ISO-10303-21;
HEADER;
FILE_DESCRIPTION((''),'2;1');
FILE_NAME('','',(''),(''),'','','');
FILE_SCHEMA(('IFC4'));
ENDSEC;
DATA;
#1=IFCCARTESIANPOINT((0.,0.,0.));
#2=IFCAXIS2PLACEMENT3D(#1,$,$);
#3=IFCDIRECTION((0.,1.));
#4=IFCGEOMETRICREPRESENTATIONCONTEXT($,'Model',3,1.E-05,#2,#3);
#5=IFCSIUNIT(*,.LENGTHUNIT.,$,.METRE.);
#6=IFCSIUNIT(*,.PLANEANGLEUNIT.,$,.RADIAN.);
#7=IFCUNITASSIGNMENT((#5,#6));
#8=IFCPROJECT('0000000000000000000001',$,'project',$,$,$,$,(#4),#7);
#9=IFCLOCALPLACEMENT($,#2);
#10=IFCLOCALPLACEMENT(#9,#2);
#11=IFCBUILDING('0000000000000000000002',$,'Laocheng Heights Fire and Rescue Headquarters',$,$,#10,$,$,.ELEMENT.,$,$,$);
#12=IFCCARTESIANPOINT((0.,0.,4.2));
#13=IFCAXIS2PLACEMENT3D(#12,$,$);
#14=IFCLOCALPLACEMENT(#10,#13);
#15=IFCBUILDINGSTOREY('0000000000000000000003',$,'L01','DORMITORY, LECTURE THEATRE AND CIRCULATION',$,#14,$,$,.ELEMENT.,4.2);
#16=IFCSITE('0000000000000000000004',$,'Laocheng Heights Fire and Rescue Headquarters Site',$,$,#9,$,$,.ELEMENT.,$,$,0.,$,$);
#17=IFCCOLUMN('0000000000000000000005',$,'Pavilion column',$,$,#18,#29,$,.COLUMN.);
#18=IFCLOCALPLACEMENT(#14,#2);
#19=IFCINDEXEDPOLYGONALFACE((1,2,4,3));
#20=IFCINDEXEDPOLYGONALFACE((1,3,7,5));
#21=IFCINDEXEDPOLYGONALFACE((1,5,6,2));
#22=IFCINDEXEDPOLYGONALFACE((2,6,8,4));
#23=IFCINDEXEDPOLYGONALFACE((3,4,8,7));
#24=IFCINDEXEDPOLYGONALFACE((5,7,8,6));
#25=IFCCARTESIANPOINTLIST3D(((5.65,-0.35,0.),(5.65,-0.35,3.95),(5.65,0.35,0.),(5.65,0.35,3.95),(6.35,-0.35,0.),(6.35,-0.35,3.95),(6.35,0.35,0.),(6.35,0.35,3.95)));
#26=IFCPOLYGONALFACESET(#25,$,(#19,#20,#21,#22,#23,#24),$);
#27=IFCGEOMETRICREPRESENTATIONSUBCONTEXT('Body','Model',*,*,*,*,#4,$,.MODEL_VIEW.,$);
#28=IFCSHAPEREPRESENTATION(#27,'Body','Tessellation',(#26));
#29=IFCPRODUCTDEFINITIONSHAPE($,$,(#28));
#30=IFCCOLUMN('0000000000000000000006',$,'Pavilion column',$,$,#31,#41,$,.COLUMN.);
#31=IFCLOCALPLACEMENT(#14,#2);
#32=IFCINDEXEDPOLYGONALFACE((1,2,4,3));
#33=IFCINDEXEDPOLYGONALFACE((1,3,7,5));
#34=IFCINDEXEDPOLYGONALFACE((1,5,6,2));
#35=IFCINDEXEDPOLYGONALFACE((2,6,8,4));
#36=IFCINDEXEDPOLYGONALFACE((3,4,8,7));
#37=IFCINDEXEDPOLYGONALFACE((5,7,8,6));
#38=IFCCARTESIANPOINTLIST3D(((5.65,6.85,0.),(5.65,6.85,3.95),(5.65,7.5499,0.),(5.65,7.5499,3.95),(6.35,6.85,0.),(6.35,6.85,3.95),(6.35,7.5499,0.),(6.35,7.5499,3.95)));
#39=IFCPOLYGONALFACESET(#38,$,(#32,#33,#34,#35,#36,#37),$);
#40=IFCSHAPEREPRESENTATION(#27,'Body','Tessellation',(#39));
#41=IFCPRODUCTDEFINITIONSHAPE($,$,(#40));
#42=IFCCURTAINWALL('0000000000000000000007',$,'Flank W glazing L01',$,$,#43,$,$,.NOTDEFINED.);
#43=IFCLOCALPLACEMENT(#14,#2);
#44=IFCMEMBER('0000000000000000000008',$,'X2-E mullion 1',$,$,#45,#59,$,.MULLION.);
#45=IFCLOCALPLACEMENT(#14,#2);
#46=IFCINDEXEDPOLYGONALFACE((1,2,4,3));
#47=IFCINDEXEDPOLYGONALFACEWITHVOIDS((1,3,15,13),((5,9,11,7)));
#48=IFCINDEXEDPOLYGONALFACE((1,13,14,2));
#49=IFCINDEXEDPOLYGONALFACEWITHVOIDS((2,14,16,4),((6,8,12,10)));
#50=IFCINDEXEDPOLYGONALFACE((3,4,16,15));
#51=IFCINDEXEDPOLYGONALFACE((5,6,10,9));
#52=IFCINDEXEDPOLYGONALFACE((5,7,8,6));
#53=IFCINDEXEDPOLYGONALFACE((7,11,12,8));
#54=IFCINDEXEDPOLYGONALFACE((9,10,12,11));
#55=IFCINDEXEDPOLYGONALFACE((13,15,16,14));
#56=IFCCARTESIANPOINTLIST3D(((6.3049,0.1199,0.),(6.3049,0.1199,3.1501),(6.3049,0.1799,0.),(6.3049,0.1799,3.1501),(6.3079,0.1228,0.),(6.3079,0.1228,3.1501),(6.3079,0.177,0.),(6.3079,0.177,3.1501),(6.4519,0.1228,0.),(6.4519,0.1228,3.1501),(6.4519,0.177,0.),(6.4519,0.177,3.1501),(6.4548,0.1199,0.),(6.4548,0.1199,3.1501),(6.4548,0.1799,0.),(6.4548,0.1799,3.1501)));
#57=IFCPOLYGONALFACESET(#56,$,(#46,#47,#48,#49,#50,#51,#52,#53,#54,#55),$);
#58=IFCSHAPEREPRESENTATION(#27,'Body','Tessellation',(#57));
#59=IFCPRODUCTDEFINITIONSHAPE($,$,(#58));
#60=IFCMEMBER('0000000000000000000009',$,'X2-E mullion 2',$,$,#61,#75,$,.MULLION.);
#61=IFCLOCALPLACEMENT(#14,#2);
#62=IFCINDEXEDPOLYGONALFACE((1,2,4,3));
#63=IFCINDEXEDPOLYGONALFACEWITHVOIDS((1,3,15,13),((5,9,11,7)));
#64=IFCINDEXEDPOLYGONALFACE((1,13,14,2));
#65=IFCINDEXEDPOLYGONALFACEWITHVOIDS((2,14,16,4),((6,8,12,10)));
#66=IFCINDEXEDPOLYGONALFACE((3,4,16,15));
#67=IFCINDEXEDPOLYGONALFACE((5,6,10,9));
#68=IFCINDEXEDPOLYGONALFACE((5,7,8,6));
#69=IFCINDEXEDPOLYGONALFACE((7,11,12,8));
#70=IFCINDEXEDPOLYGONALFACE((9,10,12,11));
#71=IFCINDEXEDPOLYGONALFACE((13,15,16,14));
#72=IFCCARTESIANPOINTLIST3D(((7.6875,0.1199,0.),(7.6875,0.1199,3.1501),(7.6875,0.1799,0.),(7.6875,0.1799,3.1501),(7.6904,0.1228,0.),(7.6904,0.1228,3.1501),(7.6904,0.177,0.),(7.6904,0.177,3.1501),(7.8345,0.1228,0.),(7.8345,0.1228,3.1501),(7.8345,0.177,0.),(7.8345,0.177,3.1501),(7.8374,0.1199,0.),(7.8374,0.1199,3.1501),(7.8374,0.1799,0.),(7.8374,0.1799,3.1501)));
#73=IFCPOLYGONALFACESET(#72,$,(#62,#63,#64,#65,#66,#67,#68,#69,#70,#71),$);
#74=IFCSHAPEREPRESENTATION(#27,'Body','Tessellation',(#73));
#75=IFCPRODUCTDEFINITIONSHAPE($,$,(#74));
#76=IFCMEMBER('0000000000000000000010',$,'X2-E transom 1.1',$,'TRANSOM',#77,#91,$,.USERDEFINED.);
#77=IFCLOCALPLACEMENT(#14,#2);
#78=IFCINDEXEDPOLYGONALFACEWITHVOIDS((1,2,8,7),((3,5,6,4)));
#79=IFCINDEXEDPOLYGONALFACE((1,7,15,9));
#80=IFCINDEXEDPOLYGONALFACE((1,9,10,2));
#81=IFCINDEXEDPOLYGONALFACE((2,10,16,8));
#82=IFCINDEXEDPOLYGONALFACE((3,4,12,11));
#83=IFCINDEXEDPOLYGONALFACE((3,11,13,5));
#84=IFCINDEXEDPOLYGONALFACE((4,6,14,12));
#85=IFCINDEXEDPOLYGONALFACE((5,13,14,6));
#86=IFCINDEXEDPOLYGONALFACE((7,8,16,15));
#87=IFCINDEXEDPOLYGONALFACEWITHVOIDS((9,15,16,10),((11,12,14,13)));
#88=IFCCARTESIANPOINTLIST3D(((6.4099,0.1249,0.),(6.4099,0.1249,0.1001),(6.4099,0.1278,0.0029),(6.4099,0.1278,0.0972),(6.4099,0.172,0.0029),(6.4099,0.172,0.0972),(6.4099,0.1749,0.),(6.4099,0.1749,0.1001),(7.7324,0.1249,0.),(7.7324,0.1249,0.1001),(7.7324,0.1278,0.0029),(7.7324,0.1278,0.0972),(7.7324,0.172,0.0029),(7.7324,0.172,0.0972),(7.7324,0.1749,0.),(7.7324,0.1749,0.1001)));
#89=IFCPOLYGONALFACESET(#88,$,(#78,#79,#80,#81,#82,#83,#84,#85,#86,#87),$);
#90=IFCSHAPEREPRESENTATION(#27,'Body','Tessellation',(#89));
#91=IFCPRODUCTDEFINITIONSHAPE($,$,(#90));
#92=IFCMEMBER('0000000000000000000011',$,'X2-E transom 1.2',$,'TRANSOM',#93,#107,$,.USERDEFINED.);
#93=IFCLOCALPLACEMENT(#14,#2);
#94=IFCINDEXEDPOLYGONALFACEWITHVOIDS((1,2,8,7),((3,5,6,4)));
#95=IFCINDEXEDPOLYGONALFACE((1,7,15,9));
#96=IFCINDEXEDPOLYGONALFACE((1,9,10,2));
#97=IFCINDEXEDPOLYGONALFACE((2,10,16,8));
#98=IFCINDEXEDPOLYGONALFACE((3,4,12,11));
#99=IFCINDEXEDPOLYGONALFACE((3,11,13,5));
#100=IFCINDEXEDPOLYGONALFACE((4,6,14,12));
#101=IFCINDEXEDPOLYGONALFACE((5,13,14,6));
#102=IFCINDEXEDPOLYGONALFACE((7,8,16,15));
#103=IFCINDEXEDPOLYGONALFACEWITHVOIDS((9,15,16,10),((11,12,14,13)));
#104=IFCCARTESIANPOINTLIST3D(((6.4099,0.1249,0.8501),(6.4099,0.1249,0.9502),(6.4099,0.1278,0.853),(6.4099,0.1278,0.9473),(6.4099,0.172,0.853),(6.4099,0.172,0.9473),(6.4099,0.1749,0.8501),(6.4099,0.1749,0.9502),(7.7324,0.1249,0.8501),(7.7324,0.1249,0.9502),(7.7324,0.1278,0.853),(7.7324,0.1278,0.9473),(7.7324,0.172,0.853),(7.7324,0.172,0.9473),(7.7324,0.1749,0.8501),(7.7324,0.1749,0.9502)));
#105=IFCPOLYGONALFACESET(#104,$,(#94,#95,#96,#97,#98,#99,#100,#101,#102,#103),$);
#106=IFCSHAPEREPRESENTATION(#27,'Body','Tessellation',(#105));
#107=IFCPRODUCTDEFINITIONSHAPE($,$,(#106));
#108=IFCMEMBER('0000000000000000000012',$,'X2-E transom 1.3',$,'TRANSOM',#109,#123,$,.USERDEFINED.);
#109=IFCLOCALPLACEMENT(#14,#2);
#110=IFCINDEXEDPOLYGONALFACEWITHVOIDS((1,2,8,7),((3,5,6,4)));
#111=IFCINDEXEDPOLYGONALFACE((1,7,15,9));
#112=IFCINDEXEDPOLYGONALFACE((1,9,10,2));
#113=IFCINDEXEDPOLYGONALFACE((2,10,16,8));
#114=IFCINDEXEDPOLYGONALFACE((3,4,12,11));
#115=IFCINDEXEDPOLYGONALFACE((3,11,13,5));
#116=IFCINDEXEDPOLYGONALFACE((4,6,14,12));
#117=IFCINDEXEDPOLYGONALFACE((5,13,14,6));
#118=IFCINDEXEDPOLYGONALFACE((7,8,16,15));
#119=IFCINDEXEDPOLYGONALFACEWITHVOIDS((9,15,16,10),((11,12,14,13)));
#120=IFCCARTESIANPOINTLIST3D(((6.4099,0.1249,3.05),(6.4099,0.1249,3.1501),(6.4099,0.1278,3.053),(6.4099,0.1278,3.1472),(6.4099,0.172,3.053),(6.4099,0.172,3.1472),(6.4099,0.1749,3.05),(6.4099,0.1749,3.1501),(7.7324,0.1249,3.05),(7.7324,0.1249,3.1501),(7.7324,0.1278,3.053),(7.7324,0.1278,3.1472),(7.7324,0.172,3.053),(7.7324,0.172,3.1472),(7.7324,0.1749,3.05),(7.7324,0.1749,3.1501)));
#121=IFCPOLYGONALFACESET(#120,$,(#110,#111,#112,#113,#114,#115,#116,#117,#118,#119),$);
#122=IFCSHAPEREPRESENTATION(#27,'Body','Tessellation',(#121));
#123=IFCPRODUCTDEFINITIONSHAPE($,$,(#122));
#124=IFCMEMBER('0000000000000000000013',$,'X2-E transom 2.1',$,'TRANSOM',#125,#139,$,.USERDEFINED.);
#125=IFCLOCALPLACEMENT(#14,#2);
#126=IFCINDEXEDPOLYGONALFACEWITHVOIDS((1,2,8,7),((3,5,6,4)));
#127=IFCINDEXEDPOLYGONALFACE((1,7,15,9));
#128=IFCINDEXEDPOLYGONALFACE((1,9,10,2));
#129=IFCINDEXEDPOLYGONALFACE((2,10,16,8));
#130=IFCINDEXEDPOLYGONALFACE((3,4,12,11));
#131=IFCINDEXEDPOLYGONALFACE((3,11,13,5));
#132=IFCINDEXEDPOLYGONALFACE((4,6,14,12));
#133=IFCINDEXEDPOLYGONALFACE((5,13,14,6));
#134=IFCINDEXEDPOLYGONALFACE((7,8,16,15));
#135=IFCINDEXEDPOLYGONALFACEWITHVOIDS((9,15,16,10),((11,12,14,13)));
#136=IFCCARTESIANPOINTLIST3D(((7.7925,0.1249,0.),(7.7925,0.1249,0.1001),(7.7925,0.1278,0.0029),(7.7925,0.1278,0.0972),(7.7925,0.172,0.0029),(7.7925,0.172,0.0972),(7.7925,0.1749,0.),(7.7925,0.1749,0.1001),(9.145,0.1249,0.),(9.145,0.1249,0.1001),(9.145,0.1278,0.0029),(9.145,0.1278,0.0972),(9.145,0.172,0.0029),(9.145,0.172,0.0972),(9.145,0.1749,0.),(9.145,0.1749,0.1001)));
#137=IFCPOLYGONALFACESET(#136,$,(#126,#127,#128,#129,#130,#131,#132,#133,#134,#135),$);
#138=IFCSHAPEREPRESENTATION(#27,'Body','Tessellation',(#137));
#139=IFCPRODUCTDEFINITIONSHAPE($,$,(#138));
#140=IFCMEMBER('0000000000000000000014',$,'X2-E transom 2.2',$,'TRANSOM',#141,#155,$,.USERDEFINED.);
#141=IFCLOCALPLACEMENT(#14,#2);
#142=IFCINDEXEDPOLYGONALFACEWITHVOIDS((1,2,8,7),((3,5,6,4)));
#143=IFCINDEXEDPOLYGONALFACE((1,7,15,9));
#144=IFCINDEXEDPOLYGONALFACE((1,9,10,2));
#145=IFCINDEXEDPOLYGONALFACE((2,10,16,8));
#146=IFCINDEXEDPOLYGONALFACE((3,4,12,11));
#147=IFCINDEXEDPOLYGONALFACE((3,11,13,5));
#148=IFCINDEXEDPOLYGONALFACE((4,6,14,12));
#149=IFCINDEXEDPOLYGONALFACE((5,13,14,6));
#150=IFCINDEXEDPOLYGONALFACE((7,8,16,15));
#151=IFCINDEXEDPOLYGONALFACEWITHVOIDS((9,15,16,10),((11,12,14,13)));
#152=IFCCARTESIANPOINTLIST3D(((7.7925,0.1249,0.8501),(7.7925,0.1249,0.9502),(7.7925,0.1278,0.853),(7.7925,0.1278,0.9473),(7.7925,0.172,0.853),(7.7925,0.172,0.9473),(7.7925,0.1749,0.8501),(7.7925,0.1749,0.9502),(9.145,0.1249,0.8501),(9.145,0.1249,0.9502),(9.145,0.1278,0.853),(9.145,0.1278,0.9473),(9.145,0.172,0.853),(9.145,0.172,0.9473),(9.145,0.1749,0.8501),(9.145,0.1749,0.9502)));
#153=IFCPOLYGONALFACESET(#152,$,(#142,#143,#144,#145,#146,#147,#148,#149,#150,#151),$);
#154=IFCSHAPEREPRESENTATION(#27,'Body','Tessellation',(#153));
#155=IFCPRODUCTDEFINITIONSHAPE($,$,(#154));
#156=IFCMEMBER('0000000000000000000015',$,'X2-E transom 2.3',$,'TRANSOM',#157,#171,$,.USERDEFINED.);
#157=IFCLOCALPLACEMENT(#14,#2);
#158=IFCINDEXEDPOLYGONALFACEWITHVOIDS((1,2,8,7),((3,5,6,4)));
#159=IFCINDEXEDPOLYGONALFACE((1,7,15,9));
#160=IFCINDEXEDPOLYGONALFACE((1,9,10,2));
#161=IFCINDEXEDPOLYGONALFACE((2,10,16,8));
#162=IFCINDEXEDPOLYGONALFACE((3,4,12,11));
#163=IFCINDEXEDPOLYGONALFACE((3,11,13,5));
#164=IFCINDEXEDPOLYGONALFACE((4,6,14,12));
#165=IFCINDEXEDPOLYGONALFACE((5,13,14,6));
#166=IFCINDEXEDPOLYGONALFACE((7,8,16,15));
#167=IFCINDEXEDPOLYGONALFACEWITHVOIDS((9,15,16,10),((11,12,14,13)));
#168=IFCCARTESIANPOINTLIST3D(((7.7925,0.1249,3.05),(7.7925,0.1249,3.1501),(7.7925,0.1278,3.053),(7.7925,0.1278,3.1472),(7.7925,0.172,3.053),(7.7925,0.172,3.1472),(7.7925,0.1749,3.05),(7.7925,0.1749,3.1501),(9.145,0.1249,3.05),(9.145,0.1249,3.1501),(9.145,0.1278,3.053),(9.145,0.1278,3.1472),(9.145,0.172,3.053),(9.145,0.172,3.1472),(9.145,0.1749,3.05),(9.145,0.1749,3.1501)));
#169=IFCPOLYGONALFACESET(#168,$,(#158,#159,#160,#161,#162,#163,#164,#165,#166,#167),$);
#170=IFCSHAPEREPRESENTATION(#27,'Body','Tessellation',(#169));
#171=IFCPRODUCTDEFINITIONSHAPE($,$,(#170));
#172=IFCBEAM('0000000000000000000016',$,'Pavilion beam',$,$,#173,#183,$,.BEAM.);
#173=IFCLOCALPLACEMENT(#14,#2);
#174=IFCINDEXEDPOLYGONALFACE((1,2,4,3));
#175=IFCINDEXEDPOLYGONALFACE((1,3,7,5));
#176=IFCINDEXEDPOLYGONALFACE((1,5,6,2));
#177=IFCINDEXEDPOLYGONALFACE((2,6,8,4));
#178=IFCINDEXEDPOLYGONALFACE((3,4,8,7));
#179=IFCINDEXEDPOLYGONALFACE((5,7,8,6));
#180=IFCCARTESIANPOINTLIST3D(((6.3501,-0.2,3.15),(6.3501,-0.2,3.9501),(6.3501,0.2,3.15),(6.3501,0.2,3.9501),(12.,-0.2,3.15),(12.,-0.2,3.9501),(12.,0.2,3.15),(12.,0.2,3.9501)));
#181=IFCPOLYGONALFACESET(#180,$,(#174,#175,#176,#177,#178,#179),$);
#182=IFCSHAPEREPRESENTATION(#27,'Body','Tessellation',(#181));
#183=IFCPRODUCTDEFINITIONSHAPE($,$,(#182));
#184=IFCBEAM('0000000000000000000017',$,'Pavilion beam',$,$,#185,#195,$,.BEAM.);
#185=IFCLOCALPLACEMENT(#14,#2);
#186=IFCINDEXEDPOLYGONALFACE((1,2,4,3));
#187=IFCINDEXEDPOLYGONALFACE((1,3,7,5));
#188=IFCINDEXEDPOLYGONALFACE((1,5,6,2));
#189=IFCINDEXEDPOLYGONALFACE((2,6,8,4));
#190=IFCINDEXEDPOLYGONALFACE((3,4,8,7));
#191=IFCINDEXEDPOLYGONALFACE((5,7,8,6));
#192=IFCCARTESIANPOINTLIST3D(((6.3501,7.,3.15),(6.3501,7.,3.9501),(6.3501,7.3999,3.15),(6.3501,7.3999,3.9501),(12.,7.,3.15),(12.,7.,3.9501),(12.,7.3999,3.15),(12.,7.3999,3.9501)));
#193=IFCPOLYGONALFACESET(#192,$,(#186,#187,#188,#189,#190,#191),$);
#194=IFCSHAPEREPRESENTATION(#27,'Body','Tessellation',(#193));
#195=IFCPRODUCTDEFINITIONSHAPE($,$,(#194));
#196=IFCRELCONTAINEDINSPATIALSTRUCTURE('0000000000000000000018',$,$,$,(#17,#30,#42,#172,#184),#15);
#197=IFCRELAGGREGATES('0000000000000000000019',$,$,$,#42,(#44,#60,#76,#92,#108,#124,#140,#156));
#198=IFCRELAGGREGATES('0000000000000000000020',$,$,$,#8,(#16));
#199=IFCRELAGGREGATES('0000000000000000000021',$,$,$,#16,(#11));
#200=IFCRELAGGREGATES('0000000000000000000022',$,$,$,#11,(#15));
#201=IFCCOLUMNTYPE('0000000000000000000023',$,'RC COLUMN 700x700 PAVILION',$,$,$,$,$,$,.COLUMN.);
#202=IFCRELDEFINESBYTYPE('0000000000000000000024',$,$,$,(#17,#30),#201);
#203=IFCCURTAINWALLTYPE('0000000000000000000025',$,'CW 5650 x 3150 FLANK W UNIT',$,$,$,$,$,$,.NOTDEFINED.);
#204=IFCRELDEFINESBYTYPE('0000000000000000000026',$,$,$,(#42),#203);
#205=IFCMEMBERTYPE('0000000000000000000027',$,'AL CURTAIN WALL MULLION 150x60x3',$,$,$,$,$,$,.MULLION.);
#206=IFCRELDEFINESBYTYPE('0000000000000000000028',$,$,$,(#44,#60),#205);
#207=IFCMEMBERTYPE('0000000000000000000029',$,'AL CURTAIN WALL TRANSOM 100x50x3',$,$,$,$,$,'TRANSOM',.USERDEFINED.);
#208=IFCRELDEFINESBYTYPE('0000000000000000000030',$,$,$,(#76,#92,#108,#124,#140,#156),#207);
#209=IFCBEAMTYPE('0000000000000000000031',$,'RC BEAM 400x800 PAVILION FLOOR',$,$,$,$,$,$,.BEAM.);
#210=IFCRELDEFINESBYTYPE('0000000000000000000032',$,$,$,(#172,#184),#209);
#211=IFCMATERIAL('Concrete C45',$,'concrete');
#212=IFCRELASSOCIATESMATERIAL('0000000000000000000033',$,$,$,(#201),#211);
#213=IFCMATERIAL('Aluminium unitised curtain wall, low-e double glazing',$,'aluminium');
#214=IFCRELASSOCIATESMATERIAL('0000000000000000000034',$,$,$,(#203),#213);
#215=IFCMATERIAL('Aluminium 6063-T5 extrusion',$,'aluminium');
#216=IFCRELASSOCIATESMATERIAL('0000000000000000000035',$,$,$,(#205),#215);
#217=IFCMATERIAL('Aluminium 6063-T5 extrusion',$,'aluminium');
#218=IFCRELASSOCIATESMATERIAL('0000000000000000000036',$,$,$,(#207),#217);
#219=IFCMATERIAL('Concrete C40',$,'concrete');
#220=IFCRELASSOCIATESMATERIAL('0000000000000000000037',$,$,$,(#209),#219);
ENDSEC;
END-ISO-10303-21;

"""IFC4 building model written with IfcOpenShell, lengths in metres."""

from ifc_helpers import new_model, si_unit, direction, frame, origin, origin_2d, place, context, subcontext, project, spatial, rectangle, hollow_rectangle, extrude, material, material_profile, profile_set, type_object, element, aggregate, save


model = new_model("IFC4")

# Units and contexts
model_context = context("Model", 3, precision=1e-05, world=origin(), true_north=direction((0.0, 1.0)))
body_context = subcontext(model_context, "Body", "Model", "MODEL_VIEW")
ifc_project = project(units=[si_unit("LENGTHUNIT", "METRE"), si_unit("PLANEANGLEUNIT", "RADIAN")], contexts=[model_context])

# Site, building, storey
site_placement = place(None, origin())
site = spatial("IfcSite", under=ifc_project, at=site_placement, Name="Laocheng Heights Fire and Rescue Headquarters Site", CompositionType="ELEMENT", RefElevation=0.0)
building_placement = place(site_placement, origin())
building = spatial("IfcBuilding", under=site, at=building_placement, Name="Laocheng Heights Fire and Rescue Headquarters", CompositionType="ELEMENT")
storey_placement = place(building_placement, frame((0.0, 0.0, 4.2)))
storey = spatial("IfcBuildingStorey", under=building, at=storey_placement, Name="L01", Description="DORMITORY, LECTURE THEATRE AND CIRCULATION", CompositionType="ELEMENT", Elevation=4.2)

# Columns
ifc_material_1 = material(Name="Concrete C45", Category="concrete")
ifc_material_profile_1 = material_profile(ifc_material_1, rectangle(XDim=0.7, YDim=0.7, at=origin_2d()), Name="RC COLUMN 700x700 PAVILION")
ifc_profile_set_1 = profile_set([ifc_material_profile_1], Name="Concrete C45")
column_type = type_object("IfcColumnType", Name="RC COLUMN 700x700 PAVILION", PredefinedType="COLUMN", material=ifc_profile_set_1)
for number, where, z_axis, x_axis, name in (
    (1, (6.0, 0.0, 0.0), (0.0, 0.0, 1.0), (1.0, 0.0, 0.0), "Pavilion column"),
    (2, (6.0, 7.2, 0.0), (0.0, 0.0, 1.0), (1.0, 0.0, 0.0), "Pavilion column"),
):
    element("IfcColumn", number, at=place(storey_placement, frame(where, z_axis=z_axis, x_axis=x_axis)), inside=storey, type_object=column_type, Name=name, PredefinedType="COLUMN", context=body_context, shape_type="SweptSolid", body=[
        extrude(rectangle(XDim=0.7, YDim=0.7, at=origin_2d()), origin(), (0.0, 0.0, 1.0), 3.95),
    ])

# Curtain wall, members
ifc_material_2 = material(Name="Aluminium unitised curtain wall, low-e double glazing", Category="aluminium")
curtain_wall_type = type_object("IfcCurtainWallType", Name="CW 5650 x 3150 FLANK W UNIT", PredefinedType="NOTDEFINED", material=ifc_material_2)
curtain_wall_placement = place(storey_placement, origin())
curtain_wall = element("IfcCurtainWall", 3, at=curtain_wall_placement, inside=storey, type_object=curtain_wall_type, Name="Flank W glazing L01", PredefinedType="NOTDEFINED")
ifc_material_3 = material(Name="Aluminium 6063-T5 extrusion", Category="aluminium")
ifc_material_profile_2 = material_profile(ifc_material_3, hollow_rectangle(XDim=0.0601, YDim=0.1499, WallThickness=0.0029, at=origin_2d()), Name="AL MULLION 150x60x3")
ifc_profile_set_2 = profile_set([ifc_material_profile_2], Name="Aluminium 6063-T5 extrusion")
member_type_1 = type_object("IfcMemberType", Name="AL CURTAIN WALL MULLION 150x60x3", PredefinedType="MULLION", material=ifc_profile_set_2)
member_1_placement = place(storey_placement, frame((6.3799, 0.1499, 0.0), z_axis=(0.0, 0.0, 1.0), x_axis=(0.0, 1.0, 0.0)))
member_1 = element("IfcMember", 4, at=member_1_placement, type_object=member_type_1, Name="X2-E mullion 1", PredefinedType="MULLION", context=body_context, shape_type="SweptSolid", body=[
    extrude(hollow_rectangle(XDim=0.0601, YDim=0.1499, WallThickness=0.0029, at=origin_2d()), origin(), (0.0, 0.0, 1.0), 3.1501),
])
member_2_placement = place(storey_placement, frame((7.7625, 0.1499, 0.0), z_axis=(0.0, 0.0, 1.0), x_axis=(0.0, 1.0, 0.0)))
member_2 = element("IfcMember", 5, at=member_2_placement, type_object=member_type_1, Name="X2-E mullion 2", PredefinedType="MULLION", context=body_context, shape_type="SweptSolid", body=[
    extrude(hollow_rectangle(XDim=0.0601, YDim=0.1499, WallThickness=0.0029, at=origin_2d()), origin(), (0.0, 0.0, 1.0), 3.1501),
])
ifc_material_4 = material(Name="Aluminium 6063-T5 extrusion", Category="aluminium")
ifc_material_profile_3 = material_profile(ifc_material_4, hollow_rectangle(XDim=0.05, YDim=0.1001, WallThickness=0.0029, at=origin_2d()), Name="AL TRANSOM 100x50x3")
ifc_profile_set_3 = profile_set([ifc_material_profile_3], Name="Aluminium 6063-T5 extrusion")
member_type_2 = type_object("IfcMemberType", Name="AL CURTAIN WALL TRANSOM 100x50x3", ElementType="TRANSOM", PredefinedType="USERDEFINED", material=ifc_profile_set_3)
member_3_placement = place(storey_placement, frame((6.4099, 0.1499, 0.05), z_axis=(1.0, 0.0, 0.0), x_axis=(0.0, 1.0, 0.0)))
member_3 = element("IfcMember", 6, at=member_3_placement, type_object=member_type_2, Name="X2-E transom 1.1", ObjectType="TRANSOM", PredefinedType="USERDEFINED", context=body_context, shape_type="SweptSolid", body=[
    extrude(hollow_rectangle(XDim=0.05, YDim=0.1001, WallThickness=0.0029, at=origin_2d()), origin(), (0.0, 0.0, 1.0), 1.3225),
])
member_4_placement = place(storey_placement, frame((6.4099, 0.1499, 0.9001), z_axis=(1.0, 0.0, 0.0), x_axis=(0.0, 1.0, 0.0)))
member_4 = element("IfcMember", 7, at=member_4_placement, type_object=member_type_2, Name="X2-E transom 1.2", ObjectType="TRANSOM", PredefinedType="USERDEFINED", context=body_context, shape_type="SweptSolid", body=[
    extrude(hollow_rectangle(XDim=0.05, YDim=0.1001, WallThickness=0.0029, at=origin_2d()), origin(), (0.0, 0.0, 1.0), 1.3225),
])
member_5_placement = place(storey_placement, frame((6.4099, 0.1499, 3.1001), z_axis=(1.0, 0.0, 0.0), x_axis=(0.0, 1.0, 0.0)))
member_5 = element("IfcMember", 8, at=member_5_placement, type_object=member_type_2, Name="X2-E transom 1.3", ObjectType="TRANSOM", PredefinedType="USERDEFINED", context=body_context, shape_type="SweptSolid", body=[
    extrude(hollow_rectangle(XDim=0.05, YDim=0.1001, WallThickness=0.0029, at=origin_2d()), origin(), (0.0, 0.0, 1.0), 1.3225),
])
member_6_placement = place(storey_placement, frame((7.7925, 0.1499, 0.05), z_axis=(1.0, 0.0, 0.0), x_axis=(0.0, 1.0, 0.0)))
member_6 = element("IfcMember", 9, at=member_6_placement, type_object=member_type_2, Name="X2-E transom 2.1", ObjectType="TRANSOM", PredefinedType="USERDEFINED", context=body_context, shape_type="SweptSolid", body=[
    extrude(hollow_rectangle(XDim=0.05, YDim=0.1001, WallThickness=0.0029, at=origin_2d()), origin(), (0.0, 0.0, 1.0), 1.3525),
])
member_7_placement = place(storey_placement, frame((7.7925, 0.1499, 0.9001), z_axis=(1.0, 0.0, 0.0), x_axis=(0.0, 1.0, 0.0)))
member_7 = element("IfcMember", 10, at=member_7_placement, type_object=member_type_2, Name="X2-E transom 2.2", ObjectType="TRANSOM", PredefinedType="USERDEFINED", context=body_context, shape_type="SweptSolid", body=[
    extrude(hollow_rectangle(XDim=0.05, YDim=0.1001, WallThickness=0.0029, at=origin_2d()), origin(), (0.0, 0.0, 1.0), 1.3525),
])
member_8_placement = place(storey_placement, frame((7.7925, 0.1499, 3.1001), z_axis=(1.0, 0.0, 0.0), x_axis=(0.0, 1.0, 0.0)))
member_8 = element("IfcMember", 11, at=member_8_placement, type_object=member_type_2, Name="X2-E transom 2.3", ObjectType="TRANSOM", PredefinedType="USERDEFINED", context=body_context, shape_type="SweptSolid", body=[
    extrude(hollow_rectangle(XDim=0.05, YDim=0.1001, WallThickness=0.0029, at=origin_2d()), origin(), (0.0, 0.0, 1.0), 1.3525),
])

# Beams
ifc_material_5 = material(Name="Concrete C40", Category="concrete")
ifc_material_profile_4 = material_profile(ifc_material_5, rectangle(XDim=0.3999, YDim=0.8, at=origin_2d()), Name="RC BEAM 400x800 PAVILION FLOOR")
ifc_profile_set_4 = profile_set([ifc_material_profile_4], Name="Concrete C40")
beam_type_1 = type_object("IfcBeamType", Name="RC BEAM 400x800 PAVILION FLOOR", PredefinedType="BEAM", material=ifc_profile_set_4)
for number, where, z_axis, x_axis, name in (
    (12, (6.3501, 0.0, 3.55), (1.0, 0.0, 0.0), (0.0, 1.0, 0.0), "Pavilion beam"),
    (13, (6.3501, 7.2, 3.55), (1.0, 0.0, 0.0), (0.0, 1.0, 0.0), "Pavilion beam"),
):
    element("IfcBeam", number, at=place(storey_placement, frame(where, z_axis=z_axis, x_axis=x_axis)), inside=storey, type_object=beam_type_1, Name=name, PredefinedType="BEAM", context=body_context, shape_type="SweptSolid", body=[
        extrude(rectangle(XDim=0.3999, YDim=0.8, at=origin_2d()), origin(), (0.0, 0.0, 1.0), 5.6499),
    ])

aggregate(curtain_wall, [member_1, member_2, member_3, member_4, member_5, member_6, member_7, member_8])

save(model, "model.ifc")
